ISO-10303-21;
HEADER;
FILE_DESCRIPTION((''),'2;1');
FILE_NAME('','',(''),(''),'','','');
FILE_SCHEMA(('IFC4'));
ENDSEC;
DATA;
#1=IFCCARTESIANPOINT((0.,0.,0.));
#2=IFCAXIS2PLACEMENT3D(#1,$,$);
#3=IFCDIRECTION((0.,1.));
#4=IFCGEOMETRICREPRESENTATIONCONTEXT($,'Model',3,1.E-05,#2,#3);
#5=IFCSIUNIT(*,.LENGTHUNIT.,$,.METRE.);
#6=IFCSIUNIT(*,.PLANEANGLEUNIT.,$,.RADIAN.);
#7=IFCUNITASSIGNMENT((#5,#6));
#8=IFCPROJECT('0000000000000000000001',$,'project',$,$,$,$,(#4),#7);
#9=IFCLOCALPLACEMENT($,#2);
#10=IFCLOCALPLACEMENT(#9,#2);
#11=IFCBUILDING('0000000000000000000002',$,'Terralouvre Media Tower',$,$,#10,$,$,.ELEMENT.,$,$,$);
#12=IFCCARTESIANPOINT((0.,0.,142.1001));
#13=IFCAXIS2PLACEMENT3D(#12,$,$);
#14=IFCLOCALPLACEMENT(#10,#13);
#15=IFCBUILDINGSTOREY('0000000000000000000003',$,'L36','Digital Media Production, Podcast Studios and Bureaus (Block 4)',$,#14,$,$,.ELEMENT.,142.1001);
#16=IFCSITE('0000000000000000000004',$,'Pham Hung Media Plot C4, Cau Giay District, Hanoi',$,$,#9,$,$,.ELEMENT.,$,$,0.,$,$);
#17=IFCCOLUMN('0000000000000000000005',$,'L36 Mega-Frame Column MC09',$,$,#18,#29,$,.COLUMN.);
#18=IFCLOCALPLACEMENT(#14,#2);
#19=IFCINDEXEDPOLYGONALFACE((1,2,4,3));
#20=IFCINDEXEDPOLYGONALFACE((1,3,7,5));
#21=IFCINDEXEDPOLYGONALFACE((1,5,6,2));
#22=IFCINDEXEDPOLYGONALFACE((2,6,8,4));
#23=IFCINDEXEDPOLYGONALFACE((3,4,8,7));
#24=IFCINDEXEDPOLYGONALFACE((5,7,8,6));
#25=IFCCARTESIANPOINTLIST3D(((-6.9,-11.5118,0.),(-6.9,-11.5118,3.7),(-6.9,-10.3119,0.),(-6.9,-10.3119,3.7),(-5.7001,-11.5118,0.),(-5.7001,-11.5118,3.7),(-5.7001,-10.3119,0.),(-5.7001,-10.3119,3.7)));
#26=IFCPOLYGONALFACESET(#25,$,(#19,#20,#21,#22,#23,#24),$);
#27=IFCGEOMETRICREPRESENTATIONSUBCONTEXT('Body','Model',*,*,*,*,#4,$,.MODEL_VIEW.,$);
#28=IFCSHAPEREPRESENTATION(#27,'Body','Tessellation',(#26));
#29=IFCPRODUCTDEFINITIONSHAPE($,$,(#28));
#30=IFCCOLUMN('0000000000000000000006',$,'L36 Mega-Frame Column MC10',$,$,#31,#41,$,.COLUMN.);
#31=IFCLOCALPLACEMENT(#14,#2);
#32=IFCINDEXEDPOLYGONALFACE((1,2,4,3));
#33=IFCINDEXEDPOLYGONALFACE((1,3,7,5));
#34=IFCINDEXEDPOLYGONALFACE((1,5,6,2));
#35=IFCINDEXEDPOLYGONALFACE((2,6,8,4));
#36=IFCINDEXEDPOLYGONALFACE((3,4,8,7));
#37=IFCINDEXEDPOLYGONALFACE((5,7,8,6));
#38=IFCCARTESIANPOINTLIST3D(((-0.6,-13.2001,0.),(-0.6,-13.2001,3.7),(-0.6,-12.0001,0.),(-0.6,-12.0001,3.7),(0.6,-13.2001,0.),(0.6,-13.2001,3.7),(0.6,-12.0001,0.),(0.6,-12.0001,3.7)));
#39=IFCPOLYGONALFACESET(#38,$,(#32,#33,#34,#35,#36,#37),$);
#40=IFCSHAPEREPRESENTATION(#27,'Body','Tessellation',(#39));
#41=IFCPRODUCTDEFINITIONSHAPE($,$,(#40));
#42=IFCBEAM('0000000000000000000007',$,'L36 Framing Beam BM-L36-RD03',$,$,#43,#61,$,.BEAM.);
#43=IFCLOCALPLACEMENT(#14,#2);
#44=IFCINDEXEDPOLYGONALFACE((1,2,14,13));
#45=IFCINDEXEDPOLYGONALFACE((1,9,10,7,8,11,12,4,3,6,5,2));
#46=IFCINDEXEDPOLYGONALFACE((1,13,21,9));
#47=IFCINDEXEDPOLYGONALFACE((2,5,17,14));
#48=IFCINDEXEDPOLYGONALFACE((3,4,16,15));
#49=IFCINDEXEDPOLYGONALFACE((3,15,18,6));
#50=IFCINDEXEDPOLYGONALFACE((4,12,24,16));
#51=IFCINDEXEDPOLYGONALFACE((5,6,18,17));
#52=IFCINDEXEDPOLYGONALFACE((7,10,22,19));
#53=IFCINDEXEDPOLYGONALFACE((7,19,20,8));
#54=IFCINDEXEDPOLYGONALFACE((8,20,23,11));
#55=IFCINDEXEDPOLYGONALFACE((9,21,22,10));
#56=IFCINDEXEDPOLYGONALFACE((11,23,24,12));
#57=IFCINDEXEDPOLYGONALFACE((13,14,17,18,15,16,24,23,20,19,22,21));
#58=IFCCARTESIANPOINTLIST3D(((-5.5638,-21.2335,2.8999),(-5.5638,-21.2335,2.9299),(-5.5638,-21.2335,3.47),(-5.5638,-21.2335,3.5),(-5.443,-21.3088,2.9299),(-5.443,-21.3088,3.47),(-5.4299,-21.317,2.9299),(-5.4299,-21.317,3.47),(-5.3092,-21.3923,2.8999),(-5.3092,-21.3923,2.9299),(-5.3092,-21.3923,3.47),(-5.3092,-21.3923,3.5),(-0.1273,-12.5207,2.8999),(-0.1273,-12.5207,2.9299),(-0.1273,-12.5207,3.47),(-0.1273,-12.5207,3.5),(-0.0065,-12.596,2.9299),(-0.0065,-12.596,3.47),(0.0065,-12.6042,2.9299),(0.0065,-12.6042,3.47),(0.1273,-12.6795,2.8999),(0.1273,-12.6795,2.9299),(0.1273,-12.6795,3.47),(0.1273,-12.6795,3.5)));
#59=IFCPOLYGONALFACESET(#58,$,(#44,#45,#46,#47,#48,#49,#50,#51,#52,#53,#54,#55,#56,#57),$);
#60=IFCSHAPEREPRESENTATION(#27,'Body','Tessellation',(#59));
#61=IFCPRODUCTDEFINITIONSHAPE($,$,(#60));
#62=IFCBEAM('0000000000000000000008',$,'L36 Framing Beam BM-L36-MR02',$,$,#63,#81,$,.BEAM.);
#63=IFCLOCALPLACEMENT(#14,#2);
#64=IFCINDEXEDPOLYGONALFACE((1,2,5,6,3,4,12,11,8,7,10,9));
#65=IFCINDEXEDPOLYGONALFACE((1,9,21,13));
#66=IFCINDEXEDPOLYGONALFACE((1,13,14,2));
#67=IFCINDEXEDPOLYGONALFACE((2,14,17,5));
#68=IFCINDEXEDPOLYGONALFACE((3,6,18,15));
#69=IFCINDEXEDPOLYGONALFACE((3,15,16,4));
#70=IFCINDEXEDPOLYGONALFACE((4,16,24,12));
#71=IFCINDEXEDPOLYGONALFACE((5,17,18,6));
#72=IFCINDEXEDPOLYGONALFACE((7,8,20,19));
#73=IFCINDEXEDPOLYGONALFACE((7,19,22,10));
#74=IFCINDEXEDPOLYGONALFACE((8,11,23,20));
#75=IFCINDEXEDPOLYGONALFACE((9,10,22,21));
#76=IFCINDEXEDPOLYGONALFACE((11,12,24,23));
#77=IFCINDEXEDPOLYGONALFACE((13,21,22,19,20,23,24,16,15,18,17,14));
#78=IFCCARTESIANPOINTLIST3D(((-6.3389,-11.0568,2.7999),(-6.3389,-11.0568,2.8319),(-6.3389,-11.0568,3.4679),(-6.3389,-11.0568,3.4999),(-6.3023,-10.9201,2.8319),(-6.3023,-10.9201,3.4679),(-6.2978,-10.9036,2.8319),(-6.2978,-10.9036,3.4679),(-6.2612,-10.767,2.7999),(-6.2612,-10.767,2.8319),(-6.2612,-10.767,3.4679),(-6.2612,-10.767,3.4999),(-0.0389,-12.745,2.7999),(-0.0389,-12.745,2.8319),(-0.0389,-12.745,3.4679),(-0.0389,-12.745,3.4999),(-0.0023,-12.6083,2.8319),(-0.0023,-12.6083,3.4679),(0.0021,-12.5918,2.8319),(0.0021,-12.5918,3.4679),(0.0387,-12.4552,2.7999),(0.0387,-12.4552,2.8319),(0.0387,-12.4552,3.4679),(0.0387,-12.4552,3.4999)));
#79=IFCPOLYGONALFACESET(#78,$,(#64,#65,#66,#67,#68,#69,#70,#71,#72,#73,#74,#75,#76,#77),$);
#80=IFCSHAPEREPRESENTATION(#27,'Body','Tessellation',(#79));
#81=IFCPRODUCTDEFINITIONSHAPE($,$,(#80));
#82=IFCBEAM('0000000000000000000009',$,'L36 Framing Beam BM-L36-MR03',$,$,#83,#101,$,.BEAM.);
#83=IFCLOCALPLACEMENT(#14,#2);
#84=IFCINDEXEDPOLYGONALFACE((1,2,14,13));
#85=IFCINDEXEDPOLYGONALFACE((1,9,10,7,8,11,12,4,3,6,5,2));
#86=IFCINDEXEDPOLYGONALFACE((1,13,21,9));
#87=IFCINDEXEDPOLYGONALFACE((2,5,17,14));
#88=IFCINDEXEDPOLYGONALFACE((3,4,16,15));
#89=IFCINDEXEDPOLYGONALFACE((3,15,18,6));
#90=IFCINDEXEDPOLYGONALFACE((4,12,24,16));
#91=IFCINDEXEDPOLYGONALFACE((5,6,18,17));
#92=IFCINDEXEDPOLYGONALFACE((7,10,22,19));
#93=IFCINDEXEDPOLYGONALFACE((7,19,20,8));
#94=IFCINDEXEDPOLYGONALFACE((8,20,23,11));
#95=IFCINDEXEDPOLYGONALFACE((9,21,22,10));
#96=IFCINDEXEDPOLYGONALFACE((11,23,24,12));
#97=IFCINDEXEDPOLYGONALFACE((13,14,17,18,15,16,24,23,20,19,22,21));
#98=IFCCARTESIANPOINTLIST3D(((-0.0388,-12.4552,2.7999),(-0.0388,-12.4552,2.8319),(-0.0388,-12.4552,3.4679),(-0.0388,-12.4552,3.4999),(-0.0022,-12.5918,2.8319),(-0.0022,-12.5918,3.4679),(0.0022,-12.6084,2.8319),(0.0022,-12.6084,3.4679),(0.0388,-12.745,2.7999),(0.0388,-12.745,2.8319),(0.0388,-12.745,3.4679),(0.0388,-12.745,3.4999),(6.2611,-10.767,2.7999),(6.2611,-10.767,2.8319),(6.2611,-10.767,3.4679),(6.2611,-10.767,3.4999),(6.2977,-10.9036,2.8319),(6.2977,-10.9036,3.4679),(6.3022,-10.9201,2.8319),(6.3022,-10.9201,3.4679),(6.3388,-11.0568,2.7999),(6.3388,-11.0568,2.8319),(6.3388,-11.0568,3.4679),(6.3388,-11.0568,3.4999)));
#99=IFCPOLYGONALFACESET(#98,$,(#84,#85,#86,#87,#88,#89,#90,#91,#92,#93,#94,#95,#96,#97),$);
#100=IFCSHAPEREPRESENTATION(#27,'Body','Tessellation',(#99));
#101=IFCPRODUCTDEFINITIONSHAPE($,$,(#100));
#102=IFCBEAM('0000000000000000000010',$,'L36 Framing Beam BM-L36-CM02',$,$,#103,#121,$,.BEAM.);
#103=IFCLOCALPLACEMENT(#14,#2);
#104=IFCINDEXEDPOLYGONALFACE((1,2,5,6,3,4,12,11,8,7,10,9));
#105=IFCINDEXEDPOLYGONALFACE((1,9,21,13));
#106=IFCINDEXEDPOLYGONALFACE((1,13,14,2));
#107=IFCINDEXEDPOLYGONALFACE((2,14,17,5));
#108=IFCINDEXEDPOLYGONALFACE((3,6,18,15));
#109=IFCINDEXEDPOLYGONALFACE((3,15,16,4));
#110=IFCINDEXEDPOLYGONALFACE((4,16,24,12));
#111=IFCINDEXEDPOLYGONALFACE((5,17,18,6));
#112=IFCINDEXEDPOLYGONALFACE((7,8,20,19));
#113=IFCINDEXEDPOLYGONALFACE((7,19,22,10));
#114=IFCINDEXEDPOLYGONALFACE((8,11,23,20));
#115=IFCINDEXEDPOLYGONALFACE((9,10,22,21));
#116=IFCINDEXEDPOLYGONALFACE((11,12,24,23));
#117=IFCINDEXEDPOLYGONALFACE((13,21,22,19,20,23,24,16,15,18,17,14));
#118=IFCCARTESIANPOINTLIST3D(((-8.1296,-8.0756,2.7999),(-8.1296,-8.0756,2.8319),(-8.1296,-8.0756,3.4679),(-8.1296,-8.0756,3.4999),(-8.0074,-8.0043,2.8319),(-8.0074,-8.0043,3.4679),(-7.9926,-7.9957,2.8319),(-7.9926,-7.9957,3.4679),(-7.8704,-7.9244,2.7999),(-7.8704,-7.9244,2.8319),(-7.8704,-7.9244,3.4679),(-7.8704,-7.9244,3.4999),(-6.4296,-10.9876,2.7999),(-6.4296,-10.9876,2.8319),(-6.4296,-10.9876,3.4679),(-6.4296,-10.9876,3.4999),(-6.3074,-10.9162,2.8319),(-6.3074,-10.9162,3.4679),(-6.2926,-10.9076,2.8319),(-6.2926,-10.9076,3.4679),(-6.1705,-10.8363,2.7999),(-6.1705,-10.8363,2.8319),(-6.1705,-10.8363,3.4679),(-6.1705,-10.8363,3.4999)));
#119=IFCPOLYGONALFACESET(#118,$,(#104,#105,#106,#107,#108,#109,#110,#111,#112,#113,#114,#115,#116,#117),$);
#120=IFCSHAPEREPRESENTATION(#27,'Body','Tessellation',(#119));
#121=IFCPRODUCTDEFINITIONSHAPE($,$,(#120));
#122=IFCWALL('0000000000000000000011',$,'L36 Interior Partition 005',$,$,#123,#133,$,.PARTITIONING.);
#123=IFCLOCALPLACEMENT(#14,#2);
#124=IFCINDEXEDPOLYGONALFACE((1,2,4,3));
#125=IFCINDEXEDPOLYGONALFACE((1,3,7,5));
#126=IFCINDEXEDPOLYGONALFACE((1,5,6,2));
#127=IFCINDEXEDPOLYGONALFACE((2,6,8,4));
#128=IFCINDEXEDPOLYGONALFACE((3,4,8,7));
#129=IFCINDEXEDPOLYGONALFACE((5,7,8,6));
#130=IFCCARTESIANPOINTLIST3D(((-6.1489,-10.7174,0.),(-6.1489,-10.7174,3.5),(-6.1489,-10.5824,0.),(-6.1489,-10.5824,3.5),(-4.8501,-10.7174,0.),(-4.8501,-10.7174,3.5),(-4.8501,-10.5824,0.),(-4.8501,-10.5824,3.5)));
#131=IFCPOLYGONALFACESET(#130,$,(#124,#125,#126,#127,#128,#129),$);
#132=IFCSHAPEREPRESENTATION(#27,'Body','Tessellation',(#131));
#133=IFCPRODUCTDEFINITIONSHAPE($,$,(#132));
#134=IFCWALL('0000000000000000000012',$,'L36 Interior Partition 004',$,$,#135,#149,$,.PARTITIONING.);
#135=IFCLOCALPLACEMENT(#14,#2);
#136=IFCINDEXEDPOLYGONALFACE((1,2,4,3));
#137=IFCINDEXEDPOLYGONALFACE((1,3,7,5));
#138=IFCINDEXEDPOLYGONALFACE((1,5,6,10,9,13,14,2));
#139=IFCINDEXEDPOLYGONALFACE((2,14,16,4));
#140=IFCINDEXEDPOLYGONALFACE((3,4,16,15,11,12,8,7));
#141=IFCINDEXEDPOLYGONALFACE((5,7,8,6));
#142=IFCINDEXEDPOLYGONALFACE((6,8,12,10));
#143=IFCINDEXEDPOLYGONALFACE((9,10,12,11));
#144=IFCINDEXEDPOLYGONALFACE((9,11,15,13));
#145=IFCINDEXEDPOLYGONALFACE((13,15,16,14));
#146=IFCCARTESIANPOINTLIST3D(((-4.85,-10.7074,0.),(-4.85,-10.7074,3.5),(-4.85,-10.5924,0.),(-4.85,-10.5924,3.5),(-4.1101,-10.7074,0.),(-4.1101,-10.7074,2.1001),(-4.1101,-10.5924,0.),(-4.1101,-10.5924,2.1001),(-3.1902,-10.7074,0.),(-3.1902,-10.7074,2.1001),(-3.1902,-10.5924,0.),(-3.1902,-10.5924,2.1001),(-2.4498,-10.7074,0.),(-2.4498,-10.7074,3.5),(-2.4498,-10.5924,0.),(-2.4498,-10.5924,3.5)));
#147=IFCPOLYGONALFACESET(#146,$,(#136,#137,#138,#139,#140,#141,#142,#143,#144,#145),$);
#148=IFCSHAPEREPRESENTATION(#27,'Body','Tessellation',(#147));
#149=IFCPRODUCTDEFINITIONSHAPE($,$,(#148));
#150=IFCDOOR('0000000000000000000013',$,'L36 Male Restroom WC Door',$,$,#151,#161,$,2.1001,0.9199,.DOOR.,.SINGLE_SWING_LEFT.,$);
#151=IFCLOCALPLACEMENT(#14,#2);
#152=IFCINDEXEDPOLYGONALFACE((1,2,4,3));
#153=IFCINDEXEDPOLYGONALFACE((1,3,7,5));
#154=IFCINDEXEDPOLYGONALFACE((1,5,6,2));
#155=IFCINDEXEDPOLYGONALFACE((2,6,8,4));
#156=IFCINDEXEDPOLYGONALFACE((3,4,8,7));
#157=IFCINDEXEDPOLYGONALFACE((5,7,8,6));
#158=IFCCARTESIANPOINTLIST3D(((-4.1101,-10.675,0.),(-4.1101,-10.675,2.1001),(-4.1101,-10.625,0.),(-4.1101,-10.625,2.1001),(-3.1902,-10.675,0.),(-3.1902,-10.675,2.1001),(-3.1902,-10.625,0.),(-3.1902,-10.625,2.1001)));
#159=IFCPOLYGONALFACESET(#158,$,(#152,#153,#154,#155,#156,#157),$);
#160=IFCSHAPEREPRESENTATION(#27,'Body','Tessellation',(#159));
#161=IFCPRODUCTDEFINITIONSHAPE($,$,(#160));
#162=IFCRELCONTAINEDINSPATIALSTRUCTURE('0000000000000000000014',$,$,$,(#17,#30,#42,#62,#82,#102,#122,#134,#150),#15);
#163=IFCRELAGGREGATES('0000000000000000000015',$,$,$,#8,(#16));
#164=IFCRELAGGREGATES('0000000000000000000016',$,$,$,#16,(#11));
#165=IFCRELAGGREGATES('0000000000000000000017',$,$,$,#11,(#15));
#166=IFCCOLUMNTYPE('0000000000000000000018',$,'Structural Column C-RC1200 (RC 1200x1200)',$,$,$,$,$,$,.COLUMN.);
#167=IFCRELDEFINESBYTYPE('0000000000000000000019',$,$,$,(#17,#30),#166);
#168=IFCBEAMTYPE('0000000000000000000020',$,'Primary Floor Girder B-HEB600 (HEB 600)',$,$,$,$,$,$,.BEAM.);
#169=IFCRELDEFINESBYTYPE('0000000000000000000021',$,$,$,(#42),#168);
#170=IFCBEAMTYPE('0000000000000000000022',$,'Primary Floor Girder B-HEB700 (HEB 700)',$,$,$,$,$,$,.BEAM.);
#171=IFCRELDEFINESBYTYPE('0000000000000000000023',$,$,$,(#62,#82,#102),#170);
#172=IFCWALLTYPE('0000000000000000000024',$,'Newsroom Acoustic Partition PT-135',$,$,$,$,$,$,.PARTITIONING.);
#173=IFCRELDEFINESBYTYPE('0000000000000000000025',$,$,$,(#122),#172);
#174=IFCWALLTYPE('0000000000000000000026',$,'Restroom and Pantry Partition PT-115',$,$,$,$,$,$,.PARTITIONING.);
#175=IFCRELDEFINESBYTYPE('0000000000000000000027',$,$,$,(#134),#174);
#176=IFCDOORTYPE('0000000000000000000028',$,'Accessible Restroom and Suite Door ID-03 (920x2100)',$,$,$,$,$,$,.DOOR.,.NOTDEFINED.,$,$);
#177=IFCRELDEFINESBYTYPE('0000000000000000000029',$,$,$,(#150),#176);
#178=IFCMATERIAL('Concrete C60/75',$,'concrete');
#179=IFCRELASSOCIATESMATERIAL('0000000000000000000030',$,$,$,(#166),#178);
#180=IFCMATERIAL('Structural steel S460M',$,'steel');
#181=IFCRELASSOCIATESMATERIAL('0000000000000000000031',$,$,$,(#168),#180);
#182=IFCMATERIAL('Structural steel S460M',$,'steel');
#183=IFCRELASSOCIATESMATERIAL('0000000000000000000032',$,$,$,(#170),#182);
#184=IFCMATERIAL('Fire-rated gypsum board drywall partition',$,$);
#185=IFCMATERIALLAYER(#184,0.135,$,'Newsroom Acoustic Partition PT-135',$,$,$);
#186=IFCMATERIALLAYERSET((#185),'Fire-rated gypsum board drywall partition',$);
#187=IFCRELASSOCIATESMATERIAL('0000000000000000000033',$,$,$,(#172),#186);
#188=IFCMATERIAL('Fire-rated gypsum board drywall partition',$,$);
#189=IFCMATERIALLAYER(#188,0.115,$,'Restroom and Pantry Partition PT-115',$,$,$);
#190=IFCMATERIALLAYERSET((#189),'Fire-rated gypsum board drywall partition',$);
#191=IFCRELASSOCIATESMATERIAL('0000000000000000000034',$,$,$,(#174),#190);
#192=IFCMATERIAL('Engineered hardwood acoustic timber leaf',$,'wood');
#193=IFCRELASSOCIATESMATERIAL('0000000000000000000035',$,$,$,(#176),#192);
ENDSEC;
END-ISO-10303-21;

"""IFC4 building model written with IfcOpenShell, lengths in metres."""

from ifc_helpers import new_model, si_unit, direction, frame, frame_2d, origin, origin_2d, place, context, subcontext, project, spatial, rectangle, i_section, extrude, material, layer, layer_set, material_profile, profile_set, type_object, element, fill, save


model = new_model("IFC4")

# Units and contexts
model_context = context("Model", 3, precision=1e-05, world=origin(), true_north=direction((0.0, 1.0)))
body_context = subcontext(model_context, "Body", "Model", "MODEL_VIEW")
ifc_project = project(units=[si_unit("LENGTHUNIT", "METRE"), si_unit("PLANEANGLEUNIT", "RADIAN")], contexts=[model_context])

# Site, building, storey
site_placement = place(None, origin())
site = spatial("IfcSite", under=ifc_project, at=site_placement, Name="Pham Hung Media Plot C4, Cau Giay District, Hanoi", CompositionType="ELEMENT", RefElevation=0.0)
building_placement = place(site_placement, origin())
building = spatial("IfcBuilding", under=site, at=building_placement, Name="Terralouvre Media Tower", CompositionType="ELEMENT")
storey_placement = place(building_placement, frame((0.0, 0.0, 142.1001)))
storey = spatial("IfcBuildingStorey", under=building, at=storey_placement, Name="L36", Description="Digital Media Production, Podcast Studios and Bureaus (Block 4)", CompositionType="ELEMENT", Elevation=142.1001)

# Columns
ifc_material_1 = material(Name="Concrete C60/75", Category="concrete")
ifc_material_profile_1 = material_profile(ifc_material_1, rectangle(XDim=1.2, YDim=1.2, at=origin_2d()), Name="RC 1200x1200")
ifc_profile_set_1 = profile_set([ifc_material_profile_1], Name="Concrete C60/75")
column_type = type_object("IfcColumnType", Name="Structural Column C-RC1200 (RC 1200x1200)", PredefinedType="COLUMN", material=ifc_profile_set_1)
for number, where, z_axis, x_axis, name in (
    (1, (-6.3, -10.9119, 0.0), (0.0, 0.0, 1.0), (1.0, 0.0, 0.0), "L36 Mega-Frame Column MC09"),
    (2, (0.0, -12.6001, 0.0), (0.0, 0.0, 1.0), (1.0, 0.0, 0.0), "L36 Mega-Frame Column MC10"),
):
    element("IfcColumn", number, at=place(storey_placement, frame(where, z_axis=z_axis, x_axis=x_axis)), inside=storey, type_object=column_type, Name=name, PredefinedType="COLUMN", context=body_context, shape_type="SweptSolid", body=[
        extrude(rectangle(XDim=1.2, YDim=1.2, at=origin_2d()), origin(), (0.0, 0.0, 1.0), 3.7),
    ])

# Beams
ifc_material_2 = material(Name="Structural steel S460M", Category="steel")
ifc_material_profile_2 = material_profile(ifc_material_2, i_section(OverallWidth=0.3, OverallDepth=0.6001, WebThickness=0.0154, FlangeThickness=0.03, at=origin_2d()), Name="HEB 600")
ifc_profile_set_2 = profile_set([ifc_material_profile_2], Name="Structural steel S460M")
beam_type_1 = type_object("IfcBeamType", Name="Primary Floor Girder B-HEB600 (HEB 600)", PredefinedType="BEAM", material=ifc_profile_set_2)
beam_1_placement = place(storey_placement, frame((0.0, -12.6001, 3.2), z_axis=(-0.529366, -0.848393, 0.0), x_axis=(0.848393, -0.529366, 0.0)))
element("IfcBeam", 3, at=beam_1_placement, inside=storey, type_object=beam_type_1, Name="L36 Framing Beam BM-L36-RD03", PredefinedType="BEAM", context=body_context, shape_type="SweptSolid", body=[
    extrude(i_section(OverallWidth=0.3, OverallDepth=0.6001, WebThickness=0.0154, FlangeThickness=0.03, at=origin_2d()), origin(), (0.0, 0.0, 1.0), 10.2698),
])
ifc_material_3 = material(Name="Structural steel S460M", Category="steel")
ifc_material_profile_3 = material_profile(ifc_material_3, i_section(OverallWidth=0.3, OverallDepth=0.7, WebThickness=0.0171, FlangeThickness=0.032, at=origin_2d()), Name="HEB 700")
ifc_profile_set_3 = profile_set([ifc_material_profile_3], Name="Structural steel S460M")
beam_type_2 = type_object("IfcBeamType", Name="Primary Floor Girder B-HEB700 (HEB 700)", PredefinedType="BEAM", material=ifc_profile_set_3)
for number, where, z_axis, x_axis, name in (
    (4, (-6.3, -10.9119, 3.1499), (0.96592, -0.258839, 0.0), (0.258839, 0.96592, 0.0), "L36 Framing Beam BM-L36-MR02"),
    (5, (0.0, -12.6001, 3.1499), (0.96592, 0.258839, 0.0), (-0.258839, 0.96592, 0.0), "L36 Framing Beam BM-L36-MR03"),
):
    element("IfcBeam", number, at=place(storey_placement, frame(where, z_axis=z_axis, x_axis=x_axis)), inside=storey, type_object=beam_type_2, Name=name, PredefinedType="BEAM", context=body_context, shape_type="SweptSolid", body=[
        extrude(i_section(OverallWidth=0.3, OverallDepth=0.7, WebThickness=0.0171, FlangeThickness=0.032, at=origin_2d()), origin(), (0.0, 0.0, 1.0), 6.5222),
    ])
beam_2_placement = place(storey_placement, frame((-8.0, -8.0, 3.1499), z_axis=(0.504173, -0.863603, 0.0), x_axis=(0.863603, 0.504173, 0.0)))
element("IfcBeam", 6, at=beam_2_placement, inside=storey, type_object=beam_type_2, Name="L36 Framing Beam BM-L36-CM02", PredefinedType="BEAM", context=body_context, shape_type="SweptSolid", body=[
    extrude(i_section(OverallWidth=0.3, OverallDepth=0.7, WebThickness=0.0171, FlangeThickness=0.032, at=origin_2d()), origin(), (0.0, 0.0, 1.0), 3.3718),
])

# Wall
ifc_material_4 = material(Name="Fire-rated gypsum board drywall partition")
ifc_layer_1 = layer(ifc_material_4, 0.135, Name="Newsroom Acoustic Partition PT-135")
ifc_layer_set_1 = layer_set([ifc_layer_1], Name="Fire-rated gypsum board drywall partition")
wall_type_1 = type_object("IfcWallType", Name="Newsroom Acoustic Partition PT-135", PredefinedType="PARTITIONING", material=ifc_layer_set_1)
wall_1_placement = place(storey_placement, frame((-6.1489, -10.6499, 0.0), z_axis=(0.0, 0.0, 1.0), x_axis=(1.0, 0.0, 0.0)))
element("IfcWall", 7, at=wall_1_placement, inside=storey, type_object=wall_type_1, Name="L36 Interior Partition 005", PredefinedType="PARTITIONING", context=body_context, shape_type="SweptSolid", body=[
    extrude(rectangle(XDim=1.2988, YDim=0.135, at=frame_2d((0.6494, 0.0))), origin(), (0.0, 0.0, 1.0), 3.5),
])

# Wall, opening, door
ifc_material_5 = material(Name="Fire-rated gypsum board drywall partition")
ifc_layer_2 = layer(ifc_material_5, 0.115, Name="Restroom and Pantry Partition PT-115")
ifc_layer_set_2 = layer_set([ifc_layer_2], Name="Fire-rated gypsum board drywall partition")
wall_type_2 = type_object("IfcWallType", Name="Restroom and Pantry Partition PT-115", PredefinedType="PARTITIONING", material=ifc_layer_set_2)
wall_2_placement = place(storey_placement, frame((-4.8501, -10.6499, 0.0), z_axis=(0.0, 0.0, 1.0), x_axis=(1.0, 0.0, 0.0)))
wall_2 = element("IfcWall", 8, at=wall_2_placement, inside=storey, type_object=wall_type_2, Name="L36 Interior Partition 004", PredefinedType="PARTITIONING", context=body_context, shape_type="SweptSolid", body=[
    extrude(rectangle(XDim=2.4001, YDim=0.115, at=frame_2d((1.2002, 0.0))), origin(), (0.0, 0.0, 1.0), 3.5),
])
opening_1_placement = place(wall_2_placement, frame((0.74, 0.0, 0.0)))
opening_1 = element("IfcOpeningElement", 9, at=opening_1_placement, cuts=wall_2, PredefinedType="OPENING", context=body_context, shape_type="SweptSolid", body=[
    extrude(rectangle(XDim=0.9199, YDim=2.1001, at=frame_2d((0.46, 1.05))), frame((0.0, 0.0674, 0.0), z_axis=(0.0, -1.0, 0.0), x_axis=(1.0, 0.0, 0.0)), (0.0, 0.0, 1.0), 0.135),
])
ifc_material_6 = material(Name="Engineered hardwood acoustic timber leaf", Category="wood")
door_type = type_object("IfcDoorType", Name="Accessible Restroom and Suite Door ID-03 (920x2100)", OperationType="NOTDEFINED", PredefinedType="DOOR", material=ifc_material_6)
door_1_placement = place(opening_1_placement, origin())
door_1 = element("IfcDoor", 10, at=door_1_placement, inside=storey, type_object=door_type, Name="L36 Male Restroom WC Door", OperationType="SINGLE_SWING_LEFT", OverallHeight=2.1001, OverallWidth=0.9199, PredefinedType="DOOR", context=body_context, shape_type="SweptSolid", body=[
    extrude(rectangle(XDim=0.9199, YDim=2.1001, at=frame_2d((0.46, 1.05))), frame((0.0, 0.0249, 0.0), z_axis=(0.0, -1.0, 0.0), x_axis=(1.0, 0.0, 0.0)), (0.0, 0.0, 1.0), 0.05),
])
fill(opening_1, door_1)

save(model, "model.ifc")
